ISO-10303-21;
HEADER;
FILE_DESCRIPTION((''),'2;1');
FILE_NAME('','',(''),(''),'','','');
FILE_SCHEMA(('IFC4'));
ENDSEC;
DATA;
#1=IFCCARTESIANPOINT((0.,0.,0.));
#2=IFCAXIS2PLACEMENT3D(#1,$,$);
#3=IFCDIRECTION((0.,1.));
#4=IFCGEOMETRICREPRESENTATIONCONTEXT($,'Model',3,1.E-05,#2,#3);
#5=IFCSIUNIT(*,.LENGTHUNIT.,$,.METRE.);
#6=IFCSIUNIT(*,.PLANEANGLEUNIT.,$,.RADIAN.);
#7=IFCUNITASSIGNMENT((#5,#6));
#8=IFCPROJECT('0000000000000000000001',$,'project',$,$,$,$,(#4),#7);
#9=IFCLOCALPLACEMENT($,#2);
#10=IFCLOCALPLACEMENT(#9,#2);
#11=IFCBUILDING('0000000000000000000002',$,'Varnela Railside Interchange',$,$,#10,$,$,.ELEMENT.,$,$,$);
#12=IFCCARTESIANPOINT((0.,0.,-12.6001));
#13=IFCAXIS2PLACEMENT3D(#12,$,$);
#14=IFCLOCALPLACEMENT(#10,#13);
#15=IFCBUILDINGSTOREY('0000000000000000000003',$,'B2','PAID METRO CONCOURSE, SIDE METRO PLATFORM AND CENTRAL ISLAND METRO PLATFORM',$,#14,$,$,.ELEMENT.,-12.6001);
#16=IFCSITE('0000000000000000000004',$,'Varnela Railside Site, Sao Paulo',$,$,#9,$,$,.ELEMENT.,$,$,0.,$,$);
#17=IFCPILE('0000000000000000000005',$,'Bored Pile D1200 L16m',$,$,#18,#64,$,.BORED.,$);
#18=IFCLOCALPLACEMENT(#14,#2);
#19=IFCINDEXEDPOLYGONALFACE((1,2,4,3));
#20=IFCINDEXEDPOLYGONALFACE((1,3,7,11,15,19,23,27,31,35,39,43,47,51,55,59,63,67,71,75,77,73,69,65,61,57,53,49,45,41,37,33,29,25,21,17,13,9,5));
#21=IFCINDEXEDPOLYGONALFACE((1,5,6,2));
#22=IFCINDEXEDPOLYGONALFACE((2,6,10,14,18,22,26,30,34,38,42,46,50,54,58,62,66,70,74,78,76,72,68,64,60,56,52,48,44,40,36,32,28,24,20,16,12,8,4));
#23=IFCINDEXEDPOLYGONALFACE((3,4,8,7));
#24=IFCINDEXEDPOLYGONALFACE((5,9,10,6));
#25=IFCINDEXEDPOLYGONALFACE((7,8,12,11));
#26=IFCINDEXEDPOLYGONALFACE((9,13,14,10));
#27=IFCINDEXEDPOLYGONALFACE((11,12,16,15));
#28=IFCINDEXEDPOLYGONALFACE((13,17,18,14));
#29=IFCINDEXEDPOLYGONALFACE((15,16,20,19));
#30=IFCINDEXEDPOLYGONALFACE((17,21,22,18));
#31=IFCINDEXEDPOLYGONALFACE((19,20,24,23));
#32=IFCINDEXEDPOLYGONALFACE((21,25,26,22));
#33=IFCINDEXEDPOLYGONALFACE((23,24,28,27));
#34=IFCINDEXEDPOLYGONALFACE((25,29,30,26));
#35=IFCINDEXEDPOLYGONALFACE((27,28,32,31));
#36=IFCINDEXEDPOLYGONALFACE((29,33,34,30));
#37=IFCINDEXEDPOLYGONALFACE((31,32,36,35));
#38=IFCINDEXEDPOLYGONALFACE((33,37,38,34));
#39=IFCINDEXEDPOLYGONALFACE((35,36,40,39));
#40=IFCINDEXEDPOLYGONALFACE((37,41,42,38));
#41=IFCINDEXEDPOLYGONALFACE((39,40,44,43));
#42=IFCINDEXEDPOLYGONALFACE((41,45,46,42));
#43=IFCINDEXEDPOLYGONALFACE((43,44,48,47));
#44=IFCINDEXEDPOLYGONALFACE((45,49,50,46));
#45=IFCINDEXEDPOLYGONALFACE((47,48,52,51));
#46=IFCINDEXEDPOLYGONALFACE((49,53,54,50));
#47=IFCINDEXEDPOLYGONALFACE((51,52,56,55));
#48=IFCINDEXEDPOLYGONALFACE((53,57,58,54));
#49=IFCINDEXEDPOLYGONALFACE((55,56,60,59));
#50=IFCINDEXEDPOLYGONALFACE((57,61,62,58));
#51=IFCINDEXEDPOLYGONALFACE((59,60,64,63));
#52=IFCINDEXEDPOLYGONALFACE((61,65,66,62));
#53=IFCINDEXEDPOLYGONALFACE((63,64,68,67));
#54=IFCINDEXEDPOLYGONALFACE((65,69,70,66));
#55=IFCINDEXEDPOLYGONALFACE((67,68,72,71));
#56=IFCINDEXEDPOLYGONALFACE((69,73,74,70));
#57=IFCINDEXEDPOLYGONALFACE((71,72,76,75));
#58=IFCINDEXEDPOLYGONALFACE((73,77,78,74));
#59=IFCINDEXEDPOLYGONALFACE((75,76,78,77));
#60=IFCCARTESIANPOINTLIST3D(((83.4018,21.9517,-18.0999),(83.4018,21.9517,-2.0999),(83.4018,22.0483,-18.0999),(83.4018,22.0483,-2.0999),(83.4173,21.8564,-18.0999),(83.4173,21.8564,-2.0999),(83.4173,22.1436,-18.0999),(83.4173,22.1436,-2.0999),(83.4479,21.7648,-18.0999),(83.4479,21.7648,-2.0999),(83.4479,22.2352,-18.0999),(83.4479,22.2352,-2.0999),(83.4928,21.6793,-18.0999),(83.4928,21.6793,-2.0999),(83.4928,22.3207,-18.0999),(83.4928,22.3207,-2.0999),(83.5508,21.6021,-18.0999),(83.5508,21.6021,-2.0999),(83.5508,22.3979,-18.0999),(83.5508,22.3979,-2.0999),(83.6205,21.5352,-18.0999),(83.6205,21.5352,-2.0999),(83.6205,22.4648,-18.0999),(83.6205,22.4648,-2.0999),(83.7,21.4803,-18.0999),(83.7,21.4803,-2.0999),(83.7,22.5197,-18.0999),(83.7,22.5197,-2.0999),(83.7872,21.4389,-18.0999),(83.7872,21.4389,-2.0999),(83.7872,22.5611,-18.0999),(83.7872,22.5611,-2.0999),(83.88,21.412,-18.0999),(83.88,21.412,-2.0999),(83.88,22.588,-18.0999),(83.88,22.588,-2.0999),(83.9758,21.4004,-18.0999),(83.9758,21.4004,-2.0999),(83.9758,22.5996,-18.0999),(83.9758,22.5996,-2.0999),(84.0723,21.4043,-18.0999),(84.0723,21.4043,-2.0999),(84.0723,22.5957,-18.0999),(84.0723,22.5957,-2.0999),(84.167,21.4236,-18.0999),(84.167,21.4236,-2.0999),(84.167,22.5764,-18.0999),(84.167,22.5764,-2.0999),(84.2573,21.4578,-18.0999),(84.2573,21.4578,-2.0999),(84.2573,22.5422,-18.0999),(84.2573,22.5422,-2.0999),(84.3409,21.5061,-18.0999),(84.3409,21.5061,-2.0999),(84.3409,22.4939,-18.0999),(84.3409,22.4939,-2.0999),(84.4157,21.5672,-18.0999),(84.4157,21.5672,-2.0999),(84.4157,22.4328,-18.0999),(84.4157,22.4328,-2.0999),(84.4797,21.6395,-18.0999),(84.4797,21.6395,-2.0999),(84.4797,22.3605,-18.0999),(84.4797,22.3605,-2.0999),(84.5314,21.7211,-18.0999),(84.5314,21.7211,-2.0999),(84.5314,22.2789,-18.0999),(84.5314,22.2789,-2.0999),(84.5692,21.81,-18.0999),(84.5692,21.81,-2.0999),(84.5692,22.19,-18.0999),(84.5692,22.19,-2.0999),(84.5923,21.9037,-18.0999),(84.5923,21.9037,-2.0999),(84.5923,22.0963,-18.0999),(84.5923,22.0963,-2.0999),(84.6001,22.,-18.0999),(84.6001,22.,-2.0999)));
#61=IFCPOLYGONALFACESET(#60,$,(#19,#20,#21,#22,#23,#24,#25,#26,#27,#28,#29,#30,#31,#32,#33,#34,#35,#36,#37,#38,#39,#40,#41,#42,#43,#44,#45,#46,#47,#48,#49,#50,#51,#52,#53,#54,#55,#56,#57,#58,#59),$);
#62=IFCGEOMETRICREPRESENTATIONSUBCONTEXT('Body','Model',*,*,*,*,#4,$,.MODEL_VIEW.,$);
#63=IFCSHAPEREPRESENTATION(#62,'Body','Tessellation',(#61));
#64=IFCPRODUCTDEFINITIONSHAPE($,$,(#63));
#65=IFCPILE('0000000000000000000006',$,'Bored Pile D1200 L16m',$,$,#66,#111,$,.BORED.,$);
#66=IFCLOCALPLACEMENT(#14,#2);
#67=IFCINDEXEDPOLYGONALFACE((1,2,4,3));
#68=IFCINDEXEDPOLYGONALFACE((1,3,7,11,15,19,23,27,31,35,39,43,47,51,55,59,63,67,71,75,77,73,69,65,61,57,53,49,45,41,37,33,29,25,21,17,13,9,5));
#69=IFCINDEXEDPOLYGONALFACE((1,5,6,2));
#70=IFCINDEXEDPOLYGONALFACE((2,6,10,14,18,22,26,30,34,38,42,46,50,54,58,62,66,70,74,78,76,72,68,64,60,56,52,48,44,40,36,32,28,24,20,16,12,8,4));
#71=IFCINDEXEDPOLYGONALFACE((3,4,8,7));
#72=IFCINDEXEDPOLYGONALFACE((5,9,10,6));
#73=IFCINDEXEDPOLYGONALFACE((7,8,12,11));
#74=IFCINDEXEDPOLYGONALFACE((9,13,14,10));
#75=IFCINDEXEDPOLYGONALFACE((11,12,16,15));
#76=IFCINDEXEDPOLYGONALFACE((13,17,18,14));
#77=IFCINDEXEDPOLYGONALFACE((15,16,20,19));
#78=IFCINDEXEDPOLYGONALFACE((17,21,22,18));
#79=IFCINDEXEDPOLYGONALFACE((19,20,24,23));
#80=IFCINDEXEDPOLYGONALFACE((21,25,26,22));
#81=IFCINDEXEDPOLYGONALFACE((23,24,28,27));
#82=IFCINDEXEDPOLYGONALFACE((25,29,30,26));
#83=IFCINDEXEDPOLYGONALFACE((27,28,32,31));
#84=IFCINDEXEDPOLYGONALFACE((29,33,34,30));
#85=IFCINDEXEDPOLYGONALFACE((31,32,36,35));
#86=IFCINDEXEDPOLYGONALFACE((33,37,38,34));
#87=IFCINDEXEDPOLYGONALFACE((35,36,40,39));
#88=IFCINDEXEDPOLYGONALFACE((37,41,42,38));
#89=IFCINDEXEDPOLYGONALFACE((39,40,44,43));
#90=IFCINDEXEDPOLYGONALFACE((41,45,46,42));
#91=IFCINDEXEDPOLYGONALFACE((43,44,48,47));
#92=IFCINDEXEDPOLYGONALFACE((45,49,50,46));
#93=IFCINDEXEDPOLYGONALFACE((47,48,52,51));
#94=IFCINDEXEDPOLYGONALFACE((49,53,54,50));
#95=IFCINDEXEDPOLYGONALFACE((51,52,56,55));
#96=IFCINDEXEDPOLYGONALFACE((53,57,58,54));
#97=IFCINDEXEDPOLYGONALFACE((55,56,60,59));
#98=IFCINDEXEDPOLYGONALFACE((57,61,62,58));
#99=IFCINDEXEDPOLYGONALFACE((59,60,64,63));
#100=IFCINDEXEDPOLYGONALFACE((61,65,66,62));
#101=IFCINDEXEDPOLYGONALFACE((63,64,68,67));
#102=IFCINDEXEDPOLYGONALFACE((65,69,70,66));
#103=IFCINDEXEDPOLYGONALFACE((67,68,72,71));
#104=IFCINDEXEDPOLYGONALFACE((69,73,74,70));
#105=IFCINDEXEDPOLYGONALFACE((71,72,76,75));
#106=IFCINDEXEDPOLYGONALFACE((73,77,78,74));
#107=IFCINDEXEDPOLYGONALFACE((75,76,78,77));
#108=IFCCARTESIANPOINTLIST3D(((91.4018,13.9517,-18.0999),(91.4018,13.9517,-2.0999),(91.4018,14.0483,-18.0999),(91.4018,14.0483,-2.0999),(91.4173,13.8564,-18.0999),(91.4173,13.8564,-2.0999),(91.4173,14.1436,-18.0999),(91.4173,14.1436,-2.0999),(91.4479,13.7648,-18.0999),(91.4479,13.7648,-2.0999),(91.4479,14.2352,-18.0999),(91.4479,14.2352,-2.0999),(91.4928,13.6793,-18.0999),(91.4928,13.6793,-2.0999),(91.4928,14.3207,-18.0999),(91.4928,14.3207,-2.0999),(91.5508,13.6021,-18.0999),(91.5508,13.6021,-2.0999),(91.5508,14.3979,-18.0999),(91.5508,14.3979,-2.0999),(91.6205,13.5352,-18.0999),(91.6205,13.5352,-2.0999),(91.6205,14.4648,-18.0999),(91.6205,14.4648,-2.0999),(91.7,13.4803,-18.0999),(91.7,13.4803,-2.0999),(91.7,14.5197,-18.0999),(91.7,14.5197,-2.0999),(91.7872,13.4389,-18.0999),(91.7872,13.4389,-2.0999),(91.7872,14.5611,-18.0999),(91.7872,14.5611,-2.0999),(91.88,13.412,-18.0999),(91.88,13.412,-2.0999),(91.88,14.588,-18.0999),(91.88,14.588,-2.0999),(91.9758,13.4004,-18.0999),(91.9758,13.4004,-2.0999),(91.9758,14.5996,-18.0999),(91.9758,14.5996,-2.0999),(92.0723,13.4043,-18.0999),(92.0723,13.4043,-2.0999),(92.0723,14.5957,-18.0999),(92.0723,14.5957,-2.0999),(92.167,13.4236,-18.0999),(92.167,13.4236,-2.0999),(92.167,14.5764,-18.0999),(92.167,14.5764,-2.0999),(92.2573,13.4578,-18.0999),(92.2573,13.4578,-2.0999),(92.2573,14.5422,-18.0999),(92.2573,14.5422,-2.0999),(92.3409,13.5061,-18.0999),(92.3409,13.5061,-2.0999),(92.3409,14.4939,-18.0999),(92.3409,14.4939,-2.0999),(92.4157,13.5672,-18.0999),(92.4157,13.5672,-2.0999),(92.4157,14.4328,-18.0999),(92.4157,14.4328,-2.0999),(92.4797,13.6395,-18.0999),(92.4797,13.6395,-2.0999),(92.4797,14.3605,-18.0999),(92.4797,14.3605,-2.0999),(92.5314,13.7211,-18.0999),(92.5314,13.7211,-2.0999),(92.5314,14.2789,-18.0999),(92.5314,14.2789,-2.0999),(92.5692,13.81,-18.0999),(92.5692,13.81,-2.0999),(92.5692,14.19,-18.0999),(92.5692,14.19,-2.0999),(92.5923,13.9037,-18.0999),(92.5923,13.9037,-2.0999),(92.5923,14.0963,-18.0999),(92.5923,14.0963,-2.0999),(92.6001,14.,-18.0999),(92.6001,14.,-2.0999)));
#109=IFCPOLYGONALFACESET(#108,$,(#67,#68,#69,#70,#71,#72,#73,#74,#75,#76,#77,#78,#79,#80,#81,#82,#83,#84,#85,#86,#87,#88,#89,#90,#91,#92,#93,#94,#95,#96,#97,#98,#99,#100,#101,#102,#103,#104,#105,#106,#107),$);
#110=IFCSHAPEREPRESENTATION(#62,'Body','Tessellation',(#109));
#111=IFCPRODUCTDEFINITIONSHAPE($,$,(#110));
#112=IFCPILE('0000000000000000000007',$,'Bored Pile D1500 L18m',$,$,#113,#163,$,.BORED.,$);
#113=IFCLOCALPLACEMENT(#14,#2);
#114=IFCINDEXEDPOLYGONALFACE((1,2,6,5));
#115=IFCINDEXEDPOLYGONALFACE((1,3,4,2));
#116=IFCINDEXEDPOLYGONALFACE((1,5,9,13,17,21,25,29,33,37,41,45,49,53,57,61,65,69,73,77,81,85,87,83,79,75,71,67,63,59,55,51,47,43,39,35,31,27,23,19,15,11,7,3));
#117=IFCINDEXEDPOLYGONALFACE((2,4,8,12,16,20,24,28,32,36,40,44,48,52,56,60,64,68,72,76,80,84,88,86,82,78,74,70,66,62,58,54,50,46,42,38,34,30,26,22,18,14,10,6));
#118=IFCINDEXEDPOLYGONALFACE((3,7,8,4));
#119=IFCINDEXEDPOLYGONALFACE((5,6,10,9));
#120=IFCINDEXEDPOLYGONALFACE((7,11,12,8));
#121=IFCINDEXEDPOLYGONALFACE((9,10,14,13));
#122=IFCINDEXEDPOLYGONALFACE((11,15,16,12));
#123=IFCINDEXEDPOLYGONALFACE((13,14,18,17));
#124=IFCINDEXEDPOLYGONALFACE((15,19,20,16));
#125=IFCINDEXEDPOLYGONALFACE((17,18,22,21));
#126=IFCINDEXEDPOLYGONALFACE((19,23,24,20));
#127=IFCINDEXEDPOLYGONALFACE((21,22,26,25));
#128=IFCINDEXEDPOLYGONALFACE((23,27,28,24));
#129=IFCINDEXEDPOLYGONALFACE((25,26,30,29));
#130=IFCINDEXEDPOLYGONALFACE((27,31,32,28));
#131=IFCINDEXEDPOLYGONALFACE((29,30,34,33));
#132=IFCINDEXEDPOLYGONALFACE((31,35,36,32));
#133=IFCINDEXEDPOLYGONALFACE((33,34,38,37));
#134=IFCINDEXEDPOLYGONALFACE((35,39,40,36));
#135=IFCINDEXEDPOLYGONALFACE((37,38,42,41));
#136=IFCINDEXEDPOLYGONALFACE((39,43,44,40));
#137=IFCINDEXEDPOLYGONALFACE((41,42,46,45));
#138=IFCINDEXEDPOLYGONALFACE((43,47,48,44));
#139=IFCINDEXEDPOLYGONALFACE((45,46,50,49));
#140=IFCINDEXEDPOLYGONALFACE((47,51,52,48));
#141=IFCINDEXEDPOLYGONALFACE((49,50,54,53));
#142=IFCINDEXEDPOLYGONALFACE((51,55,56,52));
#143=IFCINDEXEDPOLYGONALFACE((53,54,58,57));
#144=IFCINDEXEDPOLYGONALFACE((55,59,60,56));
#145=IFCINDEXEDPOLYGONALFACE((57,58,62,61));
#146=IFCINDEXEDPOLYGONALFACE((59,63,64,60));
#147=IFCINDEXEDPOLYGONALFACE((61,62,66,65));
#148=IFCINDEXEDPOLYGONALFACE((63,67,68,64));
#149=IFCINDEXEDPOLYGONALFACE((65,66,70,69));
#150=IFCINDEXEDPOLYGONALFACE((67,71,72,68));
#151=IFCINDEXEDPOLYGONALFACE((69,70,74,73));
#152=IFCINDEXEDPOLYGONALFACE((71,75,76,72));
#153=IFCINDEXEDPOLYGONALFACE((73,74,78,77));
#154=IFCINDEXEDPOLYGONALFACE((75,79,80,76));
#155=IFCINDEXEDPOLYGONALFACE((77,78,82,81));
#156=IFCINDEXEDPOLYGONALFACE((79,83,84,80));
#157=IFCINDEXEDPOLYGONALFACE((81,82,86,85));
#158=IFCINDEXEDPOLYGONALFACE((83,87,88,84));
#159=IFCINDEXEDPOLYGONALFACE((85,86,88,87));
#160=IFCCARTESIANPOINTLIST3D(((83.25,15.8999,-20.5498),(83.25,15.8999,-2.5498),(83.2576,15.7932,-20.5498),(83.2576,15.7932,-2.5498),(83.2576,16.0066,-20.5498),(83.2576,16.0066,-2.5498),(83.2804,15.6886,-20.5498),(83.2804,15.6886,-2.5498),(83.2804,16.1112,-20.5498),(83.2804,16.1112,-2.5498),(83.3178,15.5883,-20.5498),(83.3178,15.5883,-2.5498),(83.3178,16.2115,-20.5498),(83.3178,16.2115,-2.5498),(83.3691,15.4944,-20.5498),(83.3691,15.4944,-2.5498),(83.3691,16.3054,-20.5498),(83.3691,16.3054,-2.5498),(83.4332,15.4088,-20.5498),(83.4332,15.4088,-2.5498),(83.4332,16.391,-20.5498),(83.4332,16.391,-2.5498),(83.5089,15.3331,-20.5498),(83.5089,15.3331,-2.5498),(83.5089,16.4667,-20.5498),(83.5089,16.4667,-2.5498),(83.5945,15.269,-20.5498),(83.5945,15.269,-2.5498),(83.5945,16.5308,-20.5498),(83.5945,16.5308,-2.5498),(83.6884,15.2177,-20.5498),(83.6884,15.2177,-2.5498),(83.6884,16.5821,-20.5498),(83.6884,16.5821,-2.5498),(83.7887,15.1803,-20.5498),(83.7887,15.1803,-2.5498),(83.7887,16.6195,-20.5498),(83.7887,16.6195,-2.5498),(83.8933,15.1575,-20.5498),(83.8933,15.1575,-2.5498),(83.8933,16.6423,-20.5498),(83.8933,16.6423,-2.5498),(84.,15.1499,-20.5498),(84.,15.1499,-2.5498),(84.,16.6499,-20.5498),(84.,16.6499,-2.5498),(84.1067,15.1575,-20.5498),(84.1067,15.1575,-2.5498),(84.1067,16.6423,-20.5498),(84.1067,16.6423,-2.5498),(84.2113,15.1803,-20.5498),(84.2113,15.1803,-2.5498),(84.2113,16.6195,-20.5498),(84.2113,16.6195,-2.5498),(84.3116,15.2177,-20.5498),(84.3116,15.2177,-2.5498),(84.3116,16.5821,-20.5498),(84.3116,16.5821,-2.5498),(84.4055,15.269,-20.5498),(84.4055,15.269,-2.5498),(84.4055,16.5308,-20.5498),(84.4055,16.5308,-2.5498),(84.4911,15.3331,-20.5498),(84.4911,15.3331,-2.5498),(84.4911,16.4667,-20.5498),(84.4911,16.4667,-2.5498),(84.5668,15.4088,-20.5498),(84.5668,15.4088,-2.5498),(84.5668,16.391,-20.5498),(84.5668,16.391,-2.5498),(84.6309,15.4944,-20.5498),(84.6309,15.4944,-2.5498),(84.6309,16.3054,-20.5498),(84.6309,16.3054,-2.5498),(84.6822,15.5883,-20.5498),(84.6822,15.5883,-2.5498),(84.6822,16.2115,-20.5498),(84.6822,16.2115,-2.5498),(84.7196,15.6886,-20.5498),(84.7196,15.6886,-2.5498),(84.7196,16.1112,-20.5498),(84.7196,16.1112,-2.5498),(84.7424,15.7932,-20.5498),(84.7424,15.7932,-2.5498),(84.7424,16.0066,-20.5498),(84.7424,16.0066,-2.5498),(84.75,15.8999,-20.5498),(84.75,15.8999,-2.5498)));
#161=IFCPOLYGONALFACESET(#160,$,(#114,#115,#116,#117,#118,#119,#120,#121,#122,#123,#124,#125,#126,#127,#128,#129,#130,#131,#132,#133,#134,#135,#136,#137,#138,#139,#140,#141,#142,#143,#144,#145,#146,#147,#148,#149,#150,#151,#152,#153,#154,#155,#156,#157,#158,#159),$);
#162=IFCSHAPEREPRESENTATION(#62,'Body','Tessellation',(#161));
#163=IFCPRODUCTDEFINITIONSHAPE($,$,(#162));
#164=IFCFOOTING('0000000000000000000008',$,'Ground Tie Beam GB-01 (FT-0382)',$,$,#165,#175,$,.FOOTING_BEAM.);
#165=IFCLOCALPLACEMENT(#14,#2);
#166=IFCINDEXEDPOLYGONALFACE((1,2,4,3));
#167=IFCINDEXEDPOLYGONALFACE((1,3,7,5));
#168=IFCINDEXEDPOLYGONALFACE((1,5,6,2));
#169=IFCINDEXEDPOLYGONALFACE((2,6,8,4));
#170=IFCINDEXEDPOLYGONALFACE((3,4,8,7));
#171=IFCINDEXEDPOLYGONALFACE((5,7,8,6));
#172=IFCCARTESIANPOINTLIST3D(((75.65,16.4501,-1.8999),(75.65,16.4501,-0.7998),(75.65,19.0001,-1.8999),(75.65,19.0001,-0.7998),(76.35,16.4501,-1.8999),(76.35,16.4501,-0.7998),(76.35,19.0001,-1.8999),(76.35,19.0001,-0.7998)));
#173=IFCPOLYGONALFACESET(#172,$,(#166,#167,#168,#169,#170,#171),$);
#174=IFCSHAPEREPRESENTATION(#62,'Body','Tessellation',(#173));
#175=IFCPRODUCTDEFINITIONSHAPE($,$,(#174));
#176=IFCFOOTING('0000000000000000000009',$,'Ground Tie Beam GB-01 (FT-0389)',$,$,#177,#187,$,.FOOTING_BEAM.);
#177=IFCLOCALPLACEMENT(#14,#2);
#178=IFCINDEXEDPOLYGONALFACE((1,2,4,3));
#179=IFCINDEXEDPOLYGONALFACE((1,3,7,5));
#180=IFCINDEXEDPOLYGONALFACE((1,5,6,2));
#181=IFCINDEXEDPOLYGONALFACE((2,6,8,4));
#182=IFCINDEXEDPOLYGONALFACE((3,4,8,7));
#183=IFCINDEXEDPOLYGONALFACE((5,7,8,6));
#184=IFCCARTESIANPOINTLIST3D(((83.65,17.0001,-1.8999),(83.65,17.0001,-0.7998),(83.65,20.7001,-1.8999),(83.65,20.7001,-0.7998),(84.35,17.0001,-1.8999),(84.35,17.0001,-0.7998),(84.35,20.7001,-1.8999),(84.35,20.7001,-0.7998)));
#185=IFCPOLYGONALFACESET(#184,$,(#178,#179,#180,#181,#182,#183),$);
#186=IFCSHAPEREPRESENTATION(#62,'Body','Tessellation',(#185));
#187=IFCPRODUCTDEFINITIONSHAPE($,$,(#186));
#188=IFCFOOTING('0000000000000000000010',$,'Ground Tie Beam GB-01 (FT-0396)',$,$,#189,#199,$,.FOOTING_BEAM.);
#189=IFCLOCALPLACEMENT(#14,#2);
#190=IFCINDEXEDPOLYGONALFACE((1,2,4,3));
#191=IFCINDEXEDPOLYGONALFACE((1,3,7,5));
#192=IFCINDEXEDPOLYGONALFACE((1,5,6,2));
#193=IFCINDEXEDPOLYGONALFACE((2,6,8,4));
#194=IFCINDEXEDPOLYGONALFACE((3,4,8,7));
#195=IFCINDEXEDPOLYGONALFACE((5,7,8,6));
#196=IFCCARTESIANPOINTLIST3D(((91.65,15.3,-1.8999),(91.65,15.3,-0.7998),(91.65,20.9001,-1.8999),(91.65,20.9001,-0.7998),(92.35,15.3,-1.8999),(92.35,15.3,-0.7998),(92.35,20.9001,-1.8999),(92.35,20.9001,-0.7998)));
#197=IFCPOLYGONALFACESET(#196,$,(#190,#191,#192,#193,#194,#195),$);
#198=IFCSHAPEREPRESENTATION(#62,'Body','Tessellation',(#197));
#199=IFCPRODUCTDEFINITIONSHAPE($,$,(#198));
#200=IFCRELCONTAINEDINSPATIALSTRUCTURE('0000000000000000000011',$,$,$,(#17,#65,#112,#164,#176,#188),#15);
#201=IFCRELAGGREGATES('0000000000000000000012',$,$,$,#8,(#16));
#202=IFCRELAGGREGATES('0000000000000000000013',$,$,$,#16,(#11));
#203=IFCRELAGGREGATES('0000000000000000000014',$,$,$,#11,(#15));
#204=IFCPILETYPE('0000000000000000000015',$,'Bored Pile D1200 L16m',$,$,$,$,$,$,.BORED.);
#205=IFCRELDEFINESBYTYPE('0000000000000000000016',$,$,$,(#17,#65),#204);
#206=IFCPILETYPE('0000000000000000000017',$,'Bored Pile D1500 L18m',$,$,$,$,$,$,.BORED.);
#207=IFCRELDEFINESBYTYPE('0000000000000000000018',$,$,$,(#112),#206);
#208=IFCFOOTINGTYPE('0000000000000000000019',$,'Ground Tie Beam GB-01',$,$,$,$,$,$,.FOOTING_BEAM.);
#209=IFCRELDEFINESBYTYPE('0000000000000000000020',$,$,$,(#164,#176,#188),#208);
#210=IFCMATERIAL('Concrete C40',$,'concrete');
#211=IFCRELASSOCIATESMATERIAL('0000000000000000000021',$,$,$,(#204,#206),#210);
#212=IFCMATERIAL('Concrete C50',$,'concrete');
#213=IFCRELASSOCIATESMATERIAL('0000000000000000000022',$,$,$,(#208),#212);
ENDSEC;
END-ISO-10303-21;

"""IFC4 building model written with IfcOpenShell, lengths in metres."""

from ifc_helpers import new_model, si_unit, direction, frame, origin, origin_2d, place, context, subcontext, project, spatial, rectangle, circle, extrude, material, material_profile, profile_set, type_object, element, save


model = new_model("IFC4")

# Units and contexts
model_context = context("Model", 3, precision=1e-05, world=origin(), true_north=direction((0.0, 1.0)))
body_context = subcontext(model_context, "Body", "Model", "MODEL_VIEW")
ifc_project = project(units=[si_unit("LENGTHUNIT", "METRE"), si_unit("PLANEANGLEUNIT", "RADIAN")], contexts=[model_context])

# Site, building, storey
site_placement = place(None, origin())
site = spatial("IfcSite", under=ifc_project, at=site_placement, Name="Varnela Railside Site, Sao Paulo", CompositionType="ELEMENT", RefElevation=0.0)
building_placement = place(site_placement, origin())
building = spatial("IfcBuilding", under=site, at=building_placement, Name="Varnela Railside Interchange", CompositionType="ELEMENT")
storey_placement = place(building_placement, frame((0.0, 0.0, -12.6001)))
storey = spatial("IfcBuildingStorey", under=building, at=storey_placement, Name="B2", Description="PAID METRO CONCOURSE, SIDE METRO PLATFORM AND CENTRAL ISLAND METRO PLATFORM", CompositionType="ELEMENT", Elevation=-12.6001)

# Piles
ifc_material_1 = material(Name="Concrete C40", Category="concrete")
ifc_material_profile_1 = material_profile(ifc_material_1, circle(Radius=0.6001, at=origin_2d()), Name="BORED PILE D1200")
ifc_profile_set_1 = profile_set([ifc_material_profile_1], Name="Concrete C40")
pile_type_1 = type_object("IfcPileType", Name="Bored Pile D1200 L16m", PredefinedType="BORED", material=ifc_profile_set_1)
for number, where, z_axis, x_axis, name in (
    (1, (84.0, 22.0, -2.0999), (0.0, 0.0, -1.0), (1.0, 0.0, 0.0), "Bored Pile D1200 L16m"),
    (2, (92.0, 14.0, -2.0999), (0.0, 0.0, -1.0), (1.0, 0.0, 0.0), "Bored Pile D1200 L16m"),
):
    element("IfcPile", number, at=place(storey_placement, frame(where, z_axis=z_axis, x_axis=x_axis)), inside=storey, type_object=pile_type_1, Name=name, PredefinedType="BORED", context=body_context, shape_type="SweptSolid", body=[
        extrude(circle(Radius=0.6001, at=origin_2d()), origin(), (0.0, 0.0, 1.0), 16.0),
    ])
ifc_material_profile_2 = material_profile(ifc_material_1, circle(Radius=0.75, at=origin_2d()), Name="BORED PILE D1500")
ifc_profile_set_2 = profile_set([ifc_material_profile_2], Name="Concrete C40")
pile_type_2 = type_object("IfcPileType", Name="Bored Pile D1500 L18m", PredefinedType="BORED", material=ifc_profile_set_2)
pile_placement = place(storey_placement, frame((84.0, 15.8999, -2.5498), z_axis=(0.0, 0.0, -1.0), x_axis=(1.0, 0.0, 0.0)))
element("IfcPile", 3, at=pile_placement, inside=storey, type_object=pile_type_2, Name="Bored Pile D1500 L18m", PredefinedType="BORED", context=body_context, shape_type="SweptSolid", body=[
    extrude(circle(Radius=0.75, at=origin_2d()), origin(), (0.0, 0.0, 1.0), 18.0),
])

# Footings
ifc_material_2 = material(Name="Concrete C50", Category="concrete")
footing_type_1 = type_object("IfcFootingType", Name="Ground Tie Beam GB-01", PredefinedType="FOOTING_BEAM", material=ifc_material_2)
footing_1_placement = place(storey_placement, frame((76.0, 17.7251, -1.8999), z_axis=(0.0, 0.0, 1.0), x_axis=(1.0, 0.0, 0.0)))
element("IfcFooting", 4, at=footing_1_placement, inside=storey, type_object=footing_type_1, Name="Ground Tie Beam GB-01 (FT-0382)", PredefinedType="FOOTING_BEAM", context=body_context, shape_type="SweptSolid", body=[
    extrude(rectangle(XDim=0.7, YDim=2.55, at=origin_2d()), origin(), (0.0, 0.0, 1.0), 1.1001),
])
footing_2_placement = place(storey_placement, frame((84.0, 18.8501, -1.8999), z_axis=(0.0, 0.0, 1.0), x_axis=(1.0, 0.0, 0.0)))
element("IfcFooting", 5, at=footing_2_placement, inside=storey, type_object=footing_type_1, Name="Ground Tie Beam GB-01 (FT-0389)", PredefinedType="FOOTING_BEAM", context=body_context, shape_type="SweptSolid", body=[
    extrude(rectangle(XDim=0.7, YDim=3.7, at=origin_2d()), origin(), (0.0, 0.0, 1.0), 1.1001),
])
footing_3_placement = place(storey_placement, frame((92.0, 18.1001, -1.8999), z_axis=(0.0, 0.0, 1.0), x_axis=(1.0, 0.0, 0.0)))
element("IfcFooting", 6, at=footing_3_placement, inside=storey, type_object=footing_type_1, Name="Ground Tie Beam GB-01 (FT-0396)", PredefinedType="FOOTING_BEAM", context=body_context, shape_type="SweptSolid", body=[
    extrude(rectangle(XDim=0.7, YDim=5.6001, at=origin_2d()), origin(), (0.0, 0.0, 1.0), 1.1001),
])

save(model, "model.ifc")
